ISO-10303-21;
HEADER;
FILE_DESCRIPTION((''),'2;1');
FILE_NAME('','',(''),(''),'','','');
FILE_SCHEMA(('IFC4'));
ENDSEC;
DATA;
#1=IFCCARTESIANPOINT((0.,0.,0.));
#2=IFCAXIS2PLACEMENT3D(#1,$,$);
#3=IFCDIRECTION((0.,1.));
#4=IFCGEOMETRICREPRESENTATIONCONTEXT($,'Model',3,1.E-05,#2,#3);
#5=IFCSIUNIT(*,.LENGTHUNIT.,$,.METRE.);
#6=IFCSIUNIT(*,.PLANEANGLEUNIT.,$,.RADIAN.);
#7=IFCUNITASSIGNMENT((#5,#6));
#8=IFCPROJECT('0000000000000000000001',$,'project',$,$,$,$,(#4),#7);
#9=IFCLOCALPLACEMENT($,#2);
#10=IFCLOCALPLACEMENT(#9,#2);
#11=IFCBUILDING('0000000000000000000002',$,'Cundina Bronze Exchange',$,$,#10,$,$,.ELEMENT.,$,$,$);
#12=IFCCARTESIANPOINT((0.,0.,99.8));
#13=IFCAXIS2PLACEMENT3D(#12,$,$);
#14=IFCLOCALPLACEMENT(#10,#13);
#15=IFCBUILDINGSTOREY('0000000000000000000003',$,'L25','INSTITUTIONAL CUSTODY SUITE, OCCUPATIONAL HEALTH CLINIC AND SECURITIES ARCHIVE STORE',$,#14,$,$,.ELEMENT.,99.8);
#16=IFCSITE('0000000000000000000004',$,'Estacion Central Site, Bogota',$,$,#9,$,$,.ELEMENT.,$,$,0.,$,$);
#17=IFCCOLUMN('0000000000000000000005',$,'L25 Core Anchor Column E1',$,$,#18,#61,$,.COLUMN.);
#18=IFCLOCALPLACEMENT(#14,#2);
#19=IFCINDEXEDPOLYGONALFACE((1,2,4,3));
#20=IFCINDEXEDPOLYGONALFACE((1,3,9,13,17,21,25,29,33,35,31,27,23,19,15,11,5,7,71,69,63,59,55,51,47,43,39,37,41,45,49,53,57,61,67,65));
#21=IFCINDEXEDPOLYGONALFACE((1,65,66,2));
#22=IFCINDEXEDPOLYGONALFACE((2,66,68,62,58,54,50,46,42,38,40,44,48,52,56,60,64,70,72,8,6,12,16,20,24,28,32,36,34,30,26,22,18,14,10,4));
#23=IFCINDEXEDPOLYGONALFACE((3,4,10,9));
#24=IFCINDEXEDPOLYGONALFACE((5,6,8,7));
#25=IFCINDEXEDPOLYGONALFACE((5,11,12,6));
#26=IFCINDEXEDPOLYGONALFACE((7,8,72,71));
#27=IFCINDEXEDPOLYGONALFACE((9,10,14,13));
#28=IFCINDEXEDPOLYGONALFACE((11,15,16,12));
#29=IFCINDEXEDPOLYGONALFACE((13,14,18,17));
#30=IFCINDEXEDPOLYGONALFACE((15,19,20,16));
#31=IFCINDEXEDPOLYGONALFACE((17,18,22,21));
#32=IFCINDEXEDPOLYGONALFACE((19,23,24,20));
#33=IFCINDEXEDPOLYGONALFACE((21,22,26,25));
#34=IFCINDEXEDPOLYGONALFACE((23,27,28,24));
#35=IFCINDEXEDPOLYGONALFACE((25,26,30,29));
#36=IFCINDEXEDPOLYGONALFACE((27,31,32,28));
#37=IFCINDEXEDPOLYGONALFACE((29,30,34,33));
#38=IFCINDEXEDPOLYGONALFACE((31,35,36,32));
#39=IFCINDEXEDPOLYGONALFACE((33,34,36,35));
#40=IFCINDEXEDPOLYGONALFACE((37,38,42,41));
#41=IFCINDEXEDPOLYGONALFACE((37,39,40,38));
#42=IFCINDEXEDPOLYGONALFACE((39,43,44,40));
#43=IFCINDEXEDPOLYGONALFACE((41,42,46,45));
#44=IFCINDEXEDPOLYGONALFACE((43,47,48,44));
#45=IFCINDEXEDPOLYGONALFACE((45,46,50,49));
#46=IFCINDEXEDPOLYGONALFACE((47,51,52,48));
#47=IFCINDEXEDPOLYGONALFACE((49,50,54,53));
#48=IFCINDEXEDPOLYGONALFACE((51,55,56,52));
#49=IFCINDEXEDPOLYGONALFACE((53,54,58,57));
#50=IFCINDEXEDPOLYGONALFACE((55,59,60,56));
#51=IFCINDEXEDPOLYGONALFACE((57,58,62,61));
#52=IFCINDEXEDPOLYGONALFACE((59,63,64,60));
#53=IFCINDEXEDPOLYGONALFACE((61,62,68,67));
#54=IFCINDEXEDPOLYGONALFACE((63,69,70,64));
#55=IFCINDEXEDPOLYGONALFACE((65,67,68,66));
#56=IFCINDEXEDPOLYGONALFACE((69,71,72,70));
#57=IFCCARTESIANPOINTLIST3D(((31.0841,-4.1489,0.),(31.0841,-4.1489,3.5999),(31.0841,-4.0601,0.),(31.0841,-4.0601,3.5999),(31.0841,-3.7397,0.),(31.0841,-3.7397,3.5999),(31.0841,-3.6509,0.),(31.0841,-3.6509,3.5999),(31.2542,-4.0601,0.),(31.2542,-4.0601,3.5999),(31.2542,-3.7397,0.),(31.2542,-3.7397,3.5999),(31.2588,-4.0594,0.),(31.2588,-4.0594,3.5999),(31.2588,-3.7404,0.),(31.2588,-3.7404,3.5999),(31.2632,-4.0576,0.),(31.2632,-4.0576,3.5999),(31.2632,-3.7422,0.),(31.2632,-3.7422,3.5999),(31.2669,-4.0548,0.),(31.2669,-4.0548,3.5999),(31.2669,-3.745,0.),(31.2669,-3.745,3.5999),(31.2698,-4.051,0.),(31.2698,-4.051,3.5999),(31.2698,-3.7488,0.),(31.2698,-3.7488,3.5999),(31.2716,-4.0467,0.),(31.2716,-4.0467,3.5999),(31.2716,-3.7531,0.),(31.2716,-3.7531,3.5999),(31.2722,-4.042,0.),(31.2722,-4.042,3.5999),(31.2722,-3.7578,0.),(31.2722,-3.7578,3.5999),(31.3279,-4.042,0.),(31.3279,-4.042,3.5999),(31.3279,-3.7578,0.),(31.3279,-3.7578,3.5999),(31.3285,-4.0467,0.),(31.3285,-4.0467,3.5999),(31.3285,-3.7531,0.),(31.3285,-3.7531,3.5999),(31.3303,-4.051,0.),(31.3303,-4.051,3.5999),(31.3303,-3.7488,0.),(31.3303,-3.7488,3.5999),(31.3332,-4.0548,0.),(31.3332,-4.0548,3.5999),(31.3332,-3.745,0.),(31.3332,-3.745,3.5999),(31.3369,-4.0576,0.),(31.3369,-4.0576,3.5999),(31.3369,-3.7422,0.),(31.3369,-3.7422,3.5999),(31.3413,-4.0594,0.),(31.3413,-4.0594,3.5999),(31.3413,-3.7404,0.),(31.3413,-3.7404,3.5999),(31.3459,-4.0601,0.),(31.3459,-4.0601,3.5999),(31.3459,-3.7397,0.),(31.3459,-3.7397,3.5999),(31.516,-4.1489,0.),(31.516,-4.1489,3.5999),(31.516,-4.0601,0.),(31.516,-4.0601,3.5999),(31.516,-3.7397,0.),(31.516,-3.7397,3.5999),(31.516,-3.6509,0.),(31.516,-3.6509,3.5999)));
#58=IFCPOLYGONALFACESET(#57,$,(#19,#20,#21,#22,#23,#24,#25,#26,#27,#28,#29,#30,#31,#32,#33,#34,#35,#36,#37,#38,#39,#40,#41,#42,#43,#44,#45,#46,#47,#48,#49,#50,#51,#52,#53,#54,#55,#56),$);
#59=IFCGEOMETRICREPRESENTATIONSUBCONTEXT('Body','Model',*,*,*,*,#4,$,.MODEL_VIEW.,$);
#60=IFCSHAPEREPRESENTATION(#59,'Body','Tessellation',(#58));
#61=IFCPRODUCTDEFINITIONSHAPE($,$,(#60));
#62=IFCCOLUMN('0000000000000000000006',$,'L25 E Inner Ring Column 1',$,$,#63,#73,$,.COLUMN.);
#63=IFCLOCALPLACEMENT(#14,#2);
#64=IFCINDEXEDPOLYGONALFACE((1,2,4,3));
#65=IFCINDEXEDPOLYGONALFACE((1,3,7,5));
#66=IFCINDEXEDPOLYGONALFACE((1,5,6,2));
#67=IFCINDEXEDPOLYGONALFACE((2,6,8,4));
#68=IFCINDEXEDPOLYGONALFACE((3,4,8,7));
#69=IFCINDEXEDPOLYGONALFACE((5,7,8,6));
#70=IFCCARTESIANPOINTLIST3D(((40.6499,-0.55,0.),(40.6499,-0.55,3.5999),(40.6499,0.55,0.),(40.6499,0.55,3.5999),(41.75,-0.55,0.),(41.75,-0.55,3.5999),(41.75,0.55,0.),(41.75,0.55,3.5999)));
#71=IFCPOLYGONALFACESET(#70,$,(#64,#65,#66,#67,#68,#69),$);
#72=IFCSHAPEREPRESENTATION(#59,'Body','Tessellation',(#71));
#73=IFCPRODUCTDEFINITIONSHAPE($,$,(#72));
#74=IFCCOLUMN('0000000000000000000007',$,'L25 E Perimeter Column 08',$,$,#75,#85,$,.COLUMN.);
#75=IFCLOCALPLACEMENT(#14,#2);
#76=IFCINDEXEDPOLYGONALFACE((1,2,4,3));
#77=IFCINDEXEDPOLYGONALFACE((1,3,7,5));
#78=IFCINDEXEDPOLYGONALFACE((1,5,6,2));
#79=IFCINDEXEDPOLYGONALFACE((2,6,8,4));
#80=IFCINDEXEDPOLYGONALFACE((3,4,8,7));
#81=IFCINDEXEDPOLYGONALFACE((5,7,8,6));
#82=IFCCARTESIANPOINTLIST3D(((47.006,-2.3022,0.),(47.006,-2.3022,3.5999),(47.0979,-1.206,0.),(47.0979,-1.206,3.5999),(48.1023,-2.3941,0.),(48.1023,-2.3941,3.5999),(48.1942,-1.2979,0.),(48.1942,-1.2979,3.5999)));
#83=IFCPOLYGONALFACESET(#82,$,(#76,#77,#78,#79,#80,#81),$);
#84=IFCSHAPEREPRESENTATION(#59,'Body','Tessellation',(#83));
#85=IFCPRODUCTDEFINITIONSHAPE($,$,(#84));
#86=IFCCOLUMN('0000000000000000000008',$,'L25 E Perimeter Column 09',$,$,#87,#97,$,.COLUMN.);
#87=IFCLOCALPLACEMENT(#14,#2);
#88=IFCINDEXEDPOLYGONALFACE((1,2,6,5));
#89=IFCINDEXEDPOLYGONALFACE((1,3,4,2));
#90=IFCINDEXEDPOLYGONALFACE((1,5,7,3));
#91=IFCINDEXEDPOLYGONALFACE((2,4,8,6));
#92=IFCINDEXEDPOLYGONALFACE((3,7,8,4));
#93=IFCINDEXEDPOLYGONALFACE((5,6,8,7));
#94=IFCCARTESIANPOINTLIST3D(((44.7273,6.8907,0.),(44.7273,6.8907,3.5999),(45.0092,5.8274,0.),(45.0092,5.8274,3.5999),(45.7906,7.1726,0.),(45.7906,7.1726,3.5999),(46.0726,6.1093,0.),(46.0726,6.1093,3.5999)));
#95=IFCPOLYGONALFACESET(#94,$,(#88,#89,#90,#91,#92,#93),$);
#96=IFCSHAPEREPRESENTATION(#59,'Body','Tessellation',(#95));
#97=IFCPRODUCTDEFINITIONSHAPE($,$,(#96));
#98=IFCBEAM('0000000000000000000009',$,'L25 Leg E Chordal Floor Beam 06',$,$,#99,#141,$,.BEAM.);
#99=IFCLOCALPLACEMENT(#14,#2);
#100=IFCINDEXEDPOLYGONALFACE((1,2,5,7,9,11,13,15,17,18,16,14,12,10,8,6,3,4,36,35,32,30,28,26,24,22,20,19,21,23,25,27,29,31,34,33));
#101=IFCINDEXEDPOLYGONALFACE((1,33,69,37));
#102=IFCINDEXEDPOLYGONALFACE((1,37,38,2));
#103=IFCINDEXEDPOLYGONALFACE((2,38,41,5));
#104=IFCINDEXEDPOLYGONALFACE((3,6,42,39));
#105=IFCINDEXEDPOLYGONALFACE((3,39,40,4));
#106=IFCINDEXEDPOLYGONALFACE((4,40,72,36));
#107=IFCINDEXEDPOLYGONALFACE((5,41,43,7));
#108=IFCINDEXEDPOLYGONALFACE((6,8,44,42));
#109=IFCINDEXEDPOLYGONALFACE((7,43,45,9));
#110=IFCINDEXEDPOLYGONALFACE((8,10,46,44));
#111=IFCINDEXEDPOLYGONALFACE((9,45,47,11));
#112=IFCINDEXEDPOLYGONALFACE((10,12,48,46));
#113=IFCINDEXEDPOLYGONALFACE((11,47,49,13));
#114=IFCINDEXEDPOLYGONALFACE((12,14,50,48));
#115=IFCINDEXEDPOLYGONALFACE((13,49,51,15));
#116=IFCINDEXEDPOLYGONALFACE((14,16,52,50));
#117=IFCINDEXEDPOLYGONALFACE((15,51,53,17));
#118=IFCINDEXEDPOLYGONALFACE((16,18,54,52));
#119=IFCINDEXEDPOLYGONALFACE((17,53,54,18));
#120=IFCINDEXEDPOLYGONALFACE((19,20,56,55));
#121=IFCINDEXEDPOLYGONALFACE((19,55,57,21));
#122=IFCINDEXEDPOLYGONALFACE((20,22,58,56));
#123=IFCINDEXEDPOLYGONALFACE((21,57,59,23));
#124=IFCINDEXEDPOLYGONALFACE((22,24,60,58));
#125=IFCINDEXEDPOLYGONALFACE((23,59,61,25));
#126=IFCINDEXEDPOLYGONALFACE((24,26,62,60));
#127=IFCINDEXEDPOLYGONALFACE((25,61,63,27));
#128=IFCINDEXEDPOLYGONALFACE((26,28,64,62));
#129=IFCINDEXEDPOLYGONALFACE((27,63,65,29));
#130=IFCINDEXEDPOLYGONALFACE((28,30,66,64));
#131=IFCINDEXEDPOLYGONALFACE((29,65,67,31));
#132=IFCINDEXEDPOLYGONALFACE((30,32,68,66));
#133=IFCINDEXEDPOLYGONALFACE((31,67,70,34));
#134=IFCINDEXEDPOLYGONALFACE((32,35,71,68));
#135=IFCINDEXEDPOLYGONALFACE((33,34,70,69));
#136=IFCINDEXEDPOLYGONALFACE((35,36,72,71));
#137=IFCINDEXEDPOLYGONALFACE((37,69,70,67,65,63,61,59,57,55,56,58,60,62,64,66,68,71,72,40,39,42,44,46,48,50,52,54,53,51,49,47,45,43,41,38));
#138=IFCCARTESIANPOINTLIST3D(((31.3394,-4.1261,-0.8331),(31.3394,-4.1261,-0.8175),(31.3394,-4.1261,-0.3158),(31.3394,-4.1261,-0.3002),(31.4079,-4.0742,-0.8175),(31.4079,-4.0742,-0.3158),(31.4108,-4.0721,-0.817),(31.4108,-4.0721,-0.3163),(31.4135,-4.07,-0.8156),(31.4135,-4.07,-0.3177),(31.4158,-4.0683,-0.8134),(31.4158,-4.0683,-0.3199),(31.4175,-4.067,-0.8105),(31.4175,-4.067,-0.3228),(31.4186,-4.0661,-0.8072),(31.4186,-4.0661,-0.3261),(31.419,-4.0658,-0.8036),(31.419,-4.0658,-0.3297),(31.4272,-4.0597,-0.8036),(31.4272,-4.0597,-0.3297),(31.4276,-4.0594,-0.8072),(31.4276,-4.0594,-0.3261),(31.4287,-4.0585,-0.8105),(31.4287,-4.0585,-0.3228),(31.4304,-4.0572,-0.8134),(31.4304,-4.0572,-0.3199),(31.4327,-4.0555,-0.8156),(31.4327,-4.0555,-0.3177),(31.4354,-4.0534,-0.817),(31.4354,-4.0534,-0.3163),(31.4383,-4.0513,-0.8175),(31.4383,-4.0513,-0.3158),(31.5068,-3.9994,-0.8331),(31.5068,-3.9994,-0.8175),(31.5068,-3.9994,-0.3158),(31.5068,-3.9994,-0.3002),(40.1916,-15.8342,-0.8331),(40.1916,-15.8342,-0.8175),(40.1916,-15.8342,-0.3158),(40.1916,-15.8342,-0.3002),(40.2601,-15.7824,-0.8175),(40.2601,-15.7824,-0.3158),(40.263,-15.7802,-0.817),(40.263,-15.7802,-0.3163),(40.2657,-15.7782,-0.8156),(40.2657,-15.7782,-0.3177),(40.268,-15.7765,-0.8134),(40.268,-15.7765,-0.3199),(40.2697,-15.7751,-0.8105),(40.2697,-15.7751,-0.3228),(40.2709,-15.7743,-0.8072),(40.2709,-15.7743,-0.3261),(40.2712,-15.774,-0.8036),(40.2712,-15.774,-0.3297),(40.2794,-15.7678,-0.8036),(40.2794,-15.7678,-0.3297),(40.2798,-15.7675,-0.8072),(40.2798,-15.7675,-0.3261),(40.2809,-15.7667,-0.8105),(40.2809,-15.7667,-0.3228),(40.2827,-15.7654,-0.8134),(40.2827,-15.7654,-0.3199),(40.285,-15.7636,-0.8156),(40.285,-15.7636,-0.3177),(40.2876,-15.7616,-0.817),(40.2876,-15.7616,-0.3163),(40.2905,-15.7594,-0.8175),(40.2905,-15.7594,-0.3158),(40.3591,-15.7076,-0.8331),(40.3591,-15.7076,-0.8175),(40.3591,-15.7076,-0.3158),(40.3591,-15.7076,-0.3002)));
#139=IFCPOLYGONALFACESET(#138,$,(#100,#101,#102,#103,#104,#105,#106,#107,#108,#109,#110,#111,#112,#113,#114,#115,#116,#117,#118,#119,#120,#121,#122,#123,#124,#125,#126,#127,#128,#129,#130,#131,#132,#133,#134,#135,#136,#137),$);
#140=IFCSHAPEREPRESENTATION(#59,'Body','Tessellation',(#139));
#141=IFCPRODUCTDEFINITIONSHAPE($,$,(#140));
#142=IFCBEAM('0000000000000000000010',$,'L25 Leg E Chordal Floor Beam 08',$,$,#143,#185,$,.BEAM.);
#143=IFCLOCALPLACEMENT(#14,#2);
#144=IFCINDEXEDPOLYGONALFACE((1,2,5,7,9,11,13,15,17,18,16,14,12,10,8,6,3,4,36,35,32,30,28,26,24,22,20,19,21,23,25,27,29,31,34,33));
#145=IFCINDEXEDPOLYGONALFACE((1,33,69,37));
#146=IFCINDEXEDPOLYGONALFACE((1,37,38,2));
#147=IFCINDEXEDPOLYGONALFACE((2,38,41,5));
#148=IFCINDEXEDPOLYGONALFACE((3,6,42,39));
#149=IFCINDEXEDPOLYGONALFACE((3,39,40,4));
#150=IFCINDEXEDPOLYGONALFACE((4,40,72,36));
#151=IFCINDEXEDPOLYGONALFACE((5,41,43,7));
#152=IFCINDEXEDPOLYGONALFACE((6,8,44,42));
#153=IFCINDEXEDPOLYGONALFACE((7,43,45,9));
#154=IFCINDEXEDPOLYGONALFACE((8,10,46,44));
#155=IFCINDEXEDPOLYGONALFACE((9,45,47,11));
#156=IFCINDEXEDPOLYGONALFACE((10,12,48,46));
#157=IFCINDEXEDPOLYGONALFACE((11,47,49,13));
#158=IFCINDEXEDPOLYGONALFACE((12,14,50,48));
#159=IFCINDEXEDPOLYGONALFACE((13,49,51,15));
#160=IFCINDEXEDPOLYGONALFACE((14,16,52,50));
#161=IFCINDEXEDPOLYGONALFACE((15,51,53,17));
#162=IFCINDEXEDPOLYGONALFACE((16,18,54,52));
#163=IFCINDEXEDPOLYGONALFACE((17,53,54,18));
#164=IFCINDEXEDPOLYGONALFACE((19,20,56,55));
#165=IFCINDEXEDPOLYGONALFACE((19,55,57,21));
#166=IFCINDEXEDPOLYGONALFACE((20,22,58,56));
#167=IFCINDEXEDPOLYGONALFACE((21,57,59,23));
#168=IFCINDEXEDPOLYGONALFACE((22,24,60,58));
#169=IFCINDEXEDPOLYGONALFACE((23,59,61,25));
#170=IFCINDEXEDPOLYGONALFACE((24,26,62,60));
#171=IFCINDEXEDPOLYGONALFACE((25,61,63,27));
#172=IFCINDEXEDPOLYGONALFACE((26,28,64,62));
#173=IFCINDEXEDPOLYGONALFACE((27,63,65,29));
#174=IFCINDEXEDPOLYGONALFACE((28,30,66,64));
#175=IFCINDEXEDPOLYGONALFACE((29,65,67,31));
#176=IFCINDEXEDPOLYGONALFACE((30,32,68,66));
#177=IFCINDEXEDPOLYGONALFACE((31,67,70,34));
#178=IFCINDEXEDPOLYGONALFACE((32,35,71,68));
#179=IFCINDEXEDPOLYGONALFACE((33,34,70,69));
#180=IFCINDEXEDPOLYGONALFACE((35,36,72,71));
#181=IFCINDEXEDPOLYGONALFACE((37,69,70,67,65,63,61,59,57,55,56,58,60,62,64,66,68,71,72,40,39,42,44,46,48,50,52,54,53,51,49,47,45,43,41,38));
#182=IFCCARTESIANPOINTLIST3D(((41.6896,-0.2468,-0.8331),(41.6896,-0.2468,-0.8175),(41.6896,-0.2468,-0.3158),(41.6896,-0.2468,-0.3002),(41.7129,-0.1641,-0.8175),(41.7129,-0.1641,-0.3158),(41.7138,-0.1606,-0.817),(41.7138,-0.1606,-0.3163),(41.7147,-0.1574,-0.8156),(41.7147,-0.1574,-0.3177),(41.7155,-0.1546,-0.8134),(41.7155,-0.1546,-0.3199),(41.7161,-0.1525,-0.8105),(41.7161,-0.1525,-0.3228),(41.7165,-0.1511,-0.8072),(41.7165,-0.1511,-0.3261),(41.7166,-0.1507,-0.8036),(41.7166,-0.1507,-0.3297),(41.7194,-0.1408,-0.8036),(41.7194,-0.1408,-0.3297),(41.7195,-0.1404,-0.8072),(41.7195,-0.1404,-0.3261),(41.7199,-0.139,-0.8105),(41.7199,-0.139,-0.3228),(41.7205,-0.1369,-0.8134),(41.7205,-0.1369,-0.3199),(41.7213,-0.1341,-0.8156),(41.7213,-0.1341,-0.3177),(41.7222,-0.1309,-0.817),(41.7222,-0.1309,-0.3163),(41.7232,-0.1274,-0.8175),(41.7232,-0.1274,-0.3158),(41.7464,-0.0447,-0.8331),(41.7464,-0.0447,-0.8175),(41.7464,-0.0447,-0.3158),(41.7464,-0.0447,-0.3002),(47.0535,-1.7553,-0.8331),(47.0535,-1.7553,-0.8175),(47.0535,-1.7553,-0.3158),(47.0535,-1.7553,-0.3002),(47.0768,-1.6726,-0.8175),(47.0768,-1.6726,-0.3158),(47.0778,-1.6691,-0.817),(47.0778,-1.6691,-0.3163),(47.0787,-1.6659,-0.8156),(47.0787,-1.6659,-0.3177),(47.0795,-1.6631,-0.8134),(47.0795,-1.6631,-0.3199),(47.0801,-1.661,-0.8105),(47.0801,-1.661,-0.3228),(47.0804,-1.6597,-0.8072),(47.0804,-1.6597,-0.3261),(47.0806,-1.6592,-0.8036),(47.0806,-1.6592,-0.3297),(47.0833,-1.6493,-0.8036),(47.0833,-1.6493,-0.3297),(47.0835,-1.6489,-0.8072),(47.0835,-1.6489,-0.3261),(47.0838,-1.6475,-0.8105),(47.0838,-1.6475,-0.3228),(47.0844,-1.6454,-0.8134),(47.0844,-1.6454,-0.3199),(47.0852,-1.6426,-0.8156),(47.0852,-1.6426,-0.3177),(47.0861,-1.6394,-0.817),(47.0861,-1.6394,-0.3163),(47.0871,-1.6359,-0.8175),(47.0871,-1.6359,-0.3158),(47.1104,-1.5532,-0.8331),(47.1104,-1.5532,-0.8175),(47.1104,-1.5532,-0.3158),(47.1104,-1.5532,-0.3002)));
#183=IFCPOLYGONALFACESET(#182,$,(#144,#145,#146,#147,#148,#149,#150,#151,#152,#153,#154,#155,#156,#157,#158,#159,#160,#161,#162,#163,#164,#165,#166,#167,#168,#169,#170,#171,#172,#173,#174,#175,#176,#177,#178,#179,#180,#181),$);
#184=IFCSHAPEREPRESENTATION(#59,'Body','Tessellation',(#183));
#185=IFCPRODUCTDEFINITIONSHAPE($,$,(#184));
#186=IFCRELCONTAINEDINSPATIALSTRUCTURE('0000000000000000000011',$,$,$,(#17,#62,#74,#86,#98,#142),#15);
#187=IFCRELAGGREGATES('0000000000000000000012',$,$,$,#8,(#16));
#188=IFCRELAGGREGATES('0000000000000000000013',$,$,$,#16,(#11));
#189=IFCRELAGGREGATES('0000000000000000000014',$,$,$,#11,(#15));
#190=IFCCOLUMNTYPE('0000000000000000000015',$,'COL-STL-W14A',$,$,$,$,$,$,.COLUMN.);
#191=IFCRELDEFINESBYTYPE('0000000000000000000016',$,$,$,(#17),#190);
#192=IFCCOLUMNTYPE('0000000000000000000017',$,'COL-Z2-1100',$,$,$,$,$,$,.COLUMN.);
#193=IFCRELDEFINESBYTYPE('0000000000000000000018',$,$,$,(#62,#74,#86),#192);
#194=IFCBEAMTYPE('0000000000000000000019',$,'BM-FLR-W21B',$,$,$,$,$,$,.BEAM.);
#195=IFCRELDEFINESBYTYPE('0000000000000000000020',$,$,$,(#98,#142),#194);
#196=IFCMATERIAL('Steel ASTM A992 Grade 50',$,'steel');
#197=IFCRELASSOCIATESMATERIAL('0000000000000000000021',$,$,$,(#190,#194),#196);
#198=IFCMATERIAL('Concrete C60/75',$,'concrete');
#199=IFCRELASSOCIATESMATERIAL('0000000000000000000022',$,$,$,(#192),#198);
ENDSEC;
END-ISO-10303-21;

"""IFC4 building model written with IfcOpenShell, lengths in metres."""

from ifc_helpers import new_model, si_unit, direction, frame, origin, origin_2d, place, context, subcontext, project, spatial, rectangle, i_section, extrude, material, material_profile, profile_set, type_object, element, save


model = new_model("IFC4")

# Units and contexts
model_context = context("Model", 3, precision=1e-05, world=origin(), true_north=direction((0.0, 1.0)))
body_context = subcontext(model_context, "Body", "Model", "MODEL_VIEW")
ifc_project = project(units=[si_unit("LENGTHUNIT", "METRE"), si_unit("PLANEANGLEUNIT", "RADIAN")], contexts=[model_context])

# Site, building, storey
site_placement = place(None, origin())
site = spatial("IfcSite", under=ifc_project, at=site_placement, Name="Estacion Central Site, Bogota", CompositionType="ELEMENT", RefElevation=0.0)
building_placement = place(site_placement, origin())
building = spatial("IfcBuilding", under=site, at=building_placement, Name="Cundina Bronze Exchange", CompositionType="ELEMENT")
storey_placement = place(building_placement, frame((0.0, 0.0, 99.8)))
storey = spatial("IfcBuildingStorey", under=building, at=storey_placement, Name="L25", Description="INSTITUTIONAL CUSTODY SUITE, OCCUPATIONAL HEALTH CLINIC AND SECURITIES ARCHIVE STORE", CompositionType="ELEMENT", Elevation=99.8)

# Columns
ifc_material_1 = material(Name="Steel ASTM A992 Grade 50", Category="steel")
ifc_material_profile_1 = material_profile(ifc_material_1, i_section(OverallWidth=0.4319, OverallDepth=0.498, WebThickness=0.0557, FlangeThickness=0.0889, FilletRadius=0.0181, at=origin_2d()), Name="W14X500", Category="steel")
ifc_profile_set_1 = profile_set([ifc_material_profile_1], Name="Steel ASTM A992 Grade 50")
column_type_1 = type_object("IfcColumnType", Name="COL-STL-W14A", PredefinedType="COLUMN", material=ifc_profile_set_1)
column_placement = place(storey_placement, frame((31.3, -3.8999, 0.0), z_axis=(0.0, 0.0, 1.0), x_axis=(1.0, 0.0, 0.0)))
element("IfcColumn", 1, at=column_placement, inside=storey, type_object=column_type_1, Name="L25 Core Anchor Column E1", PredefinedType="COLUMN", context=body_context, shape_type="SweptSolid", body=[
    extrude(i_section(OverallWidth=0.4319, OverallDepth=0.498, WebThickness=0.0557, FlangeThickness=0.0889, FilletRadius=0.0181, at=origin_2d()), origin(), (0.0, 0.0, 1.0), 3.5999),
])
ifc_material_2 = material(Name="Concrete C60/75", Category="concrete")
ifc_material_profile_2 = material_profile(ifc_material_2, rectangle(XDim=1.1001, YDim=1.1001, at=origin_2d()), Name="RC1100X1100", Category="concrete")
ifc_profile_set_2 = profile_set([ifc_material_profile_2], Name="Concrete C60/75")
column_type_2 = type_object("IfcColumnType", Name="COL-Z2-1100", PredefinedType="COLUMN", material=ifc_profile_set_2)
for number, where, z_axis, x_axis, name in (
    (2, (41.2, 0.0, 0.0), (0.0, 0.0, 1.0), (1.0, 0.0, 0.0), "L25 E Inner Ring Column 1"),
    (3, (47.6001, -1.8, 0.0), (0.0, 0.0, 1.0), (0.083504, 0.996507, 0.0), "L25 E Perimeter Column 08"),
    (4, (45.3999, 6.5, 0.0), (0.0, 0.0, 1.0), (-0.256289, 0.9666, 0.0), "L25 E Perimeter Column 09"),
):
    element("IfcColumn", number, at=place(storey_placement, frame(where, z_axis=z_axis, x_axis=x_axis)), inside=storey, type_object=column_type_2, Name=name, PredefinedType="COLUMN", context=body_context, shape_type="SweptSolid", body=[
        extrude(rectangle(XDim=1.1001, YDim=1.1001, at=origin_2d()), origin(), (0.0, 0.0, 1.0), 3.5999),
    ])

# Beams
ifc_material_profile_3 = material_profile(ifc_material_1, i_section(OverallWidth=0.21, OverallDepth=0.533, WebThickness=0.0103, FlangeThickness=0.0156, FilletRadius=0.0139, at=origin_2d()), Name="W21X62", Category="steel")
ifc_profile_set_3 = profile_set([ifc_material_profile_3], Name="Steel ASTM A992 Grade 50")
beam_type_1 = type_object("IfcBeamType", Name="BM-FLR-W21B", PredefinedType="BEAM", material=ifc_profile_set_3)
beam_1_placement = place(storey_placement, frame((31.4231, -4.0627, -0.5667), z_axis=(0.603096, -0.797669, 0.0), x_axis=(0.797669, 0.603096, 0.0)))
element("IfcBeam", 5, at=beam_1_placement, inside=storey, type_object=beam_type_1, Name="L25 Leg E Chordal Floor Beam 06", PredefinedType="BEAM", context=body_context, shape_type="SweptSolid", body=[
    extrude(i_section(OverallWidth=0.21, OverallDepth=0.533, WebThickness=0.0103, FlangeThickness=0.0156, FilletRadius=0.0139, at=origin_2d()), origin(), (0.0, 0.0, 1.0), 14.678),
])
beam_2_placement = place(storey_placement, frame((41.718, -0.1458, -0.5667), z_axis=(0.962655, -0.270732, 0.0), x_axis=(0.270732, 0.962655, 0.0)))
element("IfcBeam", 6, at=beam_2_placement, inside=storey, type_object=beam_type_1, Name="L25 Leg E Chordal Floor Beam 08", PredefinedType="BEAM", context=body_context, shape_type="SweptSolid", body=[
    extrude(i_section(OverallWidth=0.21, OverallDepth=0.533, WebThickness=0.0103, FlangeThickness=0.0156, FilletRadius=0.0139, at=origin_2d()), origin(), (0.0, 0.0, 1.0), 5.572),
])

save(model, "model.ifc")
